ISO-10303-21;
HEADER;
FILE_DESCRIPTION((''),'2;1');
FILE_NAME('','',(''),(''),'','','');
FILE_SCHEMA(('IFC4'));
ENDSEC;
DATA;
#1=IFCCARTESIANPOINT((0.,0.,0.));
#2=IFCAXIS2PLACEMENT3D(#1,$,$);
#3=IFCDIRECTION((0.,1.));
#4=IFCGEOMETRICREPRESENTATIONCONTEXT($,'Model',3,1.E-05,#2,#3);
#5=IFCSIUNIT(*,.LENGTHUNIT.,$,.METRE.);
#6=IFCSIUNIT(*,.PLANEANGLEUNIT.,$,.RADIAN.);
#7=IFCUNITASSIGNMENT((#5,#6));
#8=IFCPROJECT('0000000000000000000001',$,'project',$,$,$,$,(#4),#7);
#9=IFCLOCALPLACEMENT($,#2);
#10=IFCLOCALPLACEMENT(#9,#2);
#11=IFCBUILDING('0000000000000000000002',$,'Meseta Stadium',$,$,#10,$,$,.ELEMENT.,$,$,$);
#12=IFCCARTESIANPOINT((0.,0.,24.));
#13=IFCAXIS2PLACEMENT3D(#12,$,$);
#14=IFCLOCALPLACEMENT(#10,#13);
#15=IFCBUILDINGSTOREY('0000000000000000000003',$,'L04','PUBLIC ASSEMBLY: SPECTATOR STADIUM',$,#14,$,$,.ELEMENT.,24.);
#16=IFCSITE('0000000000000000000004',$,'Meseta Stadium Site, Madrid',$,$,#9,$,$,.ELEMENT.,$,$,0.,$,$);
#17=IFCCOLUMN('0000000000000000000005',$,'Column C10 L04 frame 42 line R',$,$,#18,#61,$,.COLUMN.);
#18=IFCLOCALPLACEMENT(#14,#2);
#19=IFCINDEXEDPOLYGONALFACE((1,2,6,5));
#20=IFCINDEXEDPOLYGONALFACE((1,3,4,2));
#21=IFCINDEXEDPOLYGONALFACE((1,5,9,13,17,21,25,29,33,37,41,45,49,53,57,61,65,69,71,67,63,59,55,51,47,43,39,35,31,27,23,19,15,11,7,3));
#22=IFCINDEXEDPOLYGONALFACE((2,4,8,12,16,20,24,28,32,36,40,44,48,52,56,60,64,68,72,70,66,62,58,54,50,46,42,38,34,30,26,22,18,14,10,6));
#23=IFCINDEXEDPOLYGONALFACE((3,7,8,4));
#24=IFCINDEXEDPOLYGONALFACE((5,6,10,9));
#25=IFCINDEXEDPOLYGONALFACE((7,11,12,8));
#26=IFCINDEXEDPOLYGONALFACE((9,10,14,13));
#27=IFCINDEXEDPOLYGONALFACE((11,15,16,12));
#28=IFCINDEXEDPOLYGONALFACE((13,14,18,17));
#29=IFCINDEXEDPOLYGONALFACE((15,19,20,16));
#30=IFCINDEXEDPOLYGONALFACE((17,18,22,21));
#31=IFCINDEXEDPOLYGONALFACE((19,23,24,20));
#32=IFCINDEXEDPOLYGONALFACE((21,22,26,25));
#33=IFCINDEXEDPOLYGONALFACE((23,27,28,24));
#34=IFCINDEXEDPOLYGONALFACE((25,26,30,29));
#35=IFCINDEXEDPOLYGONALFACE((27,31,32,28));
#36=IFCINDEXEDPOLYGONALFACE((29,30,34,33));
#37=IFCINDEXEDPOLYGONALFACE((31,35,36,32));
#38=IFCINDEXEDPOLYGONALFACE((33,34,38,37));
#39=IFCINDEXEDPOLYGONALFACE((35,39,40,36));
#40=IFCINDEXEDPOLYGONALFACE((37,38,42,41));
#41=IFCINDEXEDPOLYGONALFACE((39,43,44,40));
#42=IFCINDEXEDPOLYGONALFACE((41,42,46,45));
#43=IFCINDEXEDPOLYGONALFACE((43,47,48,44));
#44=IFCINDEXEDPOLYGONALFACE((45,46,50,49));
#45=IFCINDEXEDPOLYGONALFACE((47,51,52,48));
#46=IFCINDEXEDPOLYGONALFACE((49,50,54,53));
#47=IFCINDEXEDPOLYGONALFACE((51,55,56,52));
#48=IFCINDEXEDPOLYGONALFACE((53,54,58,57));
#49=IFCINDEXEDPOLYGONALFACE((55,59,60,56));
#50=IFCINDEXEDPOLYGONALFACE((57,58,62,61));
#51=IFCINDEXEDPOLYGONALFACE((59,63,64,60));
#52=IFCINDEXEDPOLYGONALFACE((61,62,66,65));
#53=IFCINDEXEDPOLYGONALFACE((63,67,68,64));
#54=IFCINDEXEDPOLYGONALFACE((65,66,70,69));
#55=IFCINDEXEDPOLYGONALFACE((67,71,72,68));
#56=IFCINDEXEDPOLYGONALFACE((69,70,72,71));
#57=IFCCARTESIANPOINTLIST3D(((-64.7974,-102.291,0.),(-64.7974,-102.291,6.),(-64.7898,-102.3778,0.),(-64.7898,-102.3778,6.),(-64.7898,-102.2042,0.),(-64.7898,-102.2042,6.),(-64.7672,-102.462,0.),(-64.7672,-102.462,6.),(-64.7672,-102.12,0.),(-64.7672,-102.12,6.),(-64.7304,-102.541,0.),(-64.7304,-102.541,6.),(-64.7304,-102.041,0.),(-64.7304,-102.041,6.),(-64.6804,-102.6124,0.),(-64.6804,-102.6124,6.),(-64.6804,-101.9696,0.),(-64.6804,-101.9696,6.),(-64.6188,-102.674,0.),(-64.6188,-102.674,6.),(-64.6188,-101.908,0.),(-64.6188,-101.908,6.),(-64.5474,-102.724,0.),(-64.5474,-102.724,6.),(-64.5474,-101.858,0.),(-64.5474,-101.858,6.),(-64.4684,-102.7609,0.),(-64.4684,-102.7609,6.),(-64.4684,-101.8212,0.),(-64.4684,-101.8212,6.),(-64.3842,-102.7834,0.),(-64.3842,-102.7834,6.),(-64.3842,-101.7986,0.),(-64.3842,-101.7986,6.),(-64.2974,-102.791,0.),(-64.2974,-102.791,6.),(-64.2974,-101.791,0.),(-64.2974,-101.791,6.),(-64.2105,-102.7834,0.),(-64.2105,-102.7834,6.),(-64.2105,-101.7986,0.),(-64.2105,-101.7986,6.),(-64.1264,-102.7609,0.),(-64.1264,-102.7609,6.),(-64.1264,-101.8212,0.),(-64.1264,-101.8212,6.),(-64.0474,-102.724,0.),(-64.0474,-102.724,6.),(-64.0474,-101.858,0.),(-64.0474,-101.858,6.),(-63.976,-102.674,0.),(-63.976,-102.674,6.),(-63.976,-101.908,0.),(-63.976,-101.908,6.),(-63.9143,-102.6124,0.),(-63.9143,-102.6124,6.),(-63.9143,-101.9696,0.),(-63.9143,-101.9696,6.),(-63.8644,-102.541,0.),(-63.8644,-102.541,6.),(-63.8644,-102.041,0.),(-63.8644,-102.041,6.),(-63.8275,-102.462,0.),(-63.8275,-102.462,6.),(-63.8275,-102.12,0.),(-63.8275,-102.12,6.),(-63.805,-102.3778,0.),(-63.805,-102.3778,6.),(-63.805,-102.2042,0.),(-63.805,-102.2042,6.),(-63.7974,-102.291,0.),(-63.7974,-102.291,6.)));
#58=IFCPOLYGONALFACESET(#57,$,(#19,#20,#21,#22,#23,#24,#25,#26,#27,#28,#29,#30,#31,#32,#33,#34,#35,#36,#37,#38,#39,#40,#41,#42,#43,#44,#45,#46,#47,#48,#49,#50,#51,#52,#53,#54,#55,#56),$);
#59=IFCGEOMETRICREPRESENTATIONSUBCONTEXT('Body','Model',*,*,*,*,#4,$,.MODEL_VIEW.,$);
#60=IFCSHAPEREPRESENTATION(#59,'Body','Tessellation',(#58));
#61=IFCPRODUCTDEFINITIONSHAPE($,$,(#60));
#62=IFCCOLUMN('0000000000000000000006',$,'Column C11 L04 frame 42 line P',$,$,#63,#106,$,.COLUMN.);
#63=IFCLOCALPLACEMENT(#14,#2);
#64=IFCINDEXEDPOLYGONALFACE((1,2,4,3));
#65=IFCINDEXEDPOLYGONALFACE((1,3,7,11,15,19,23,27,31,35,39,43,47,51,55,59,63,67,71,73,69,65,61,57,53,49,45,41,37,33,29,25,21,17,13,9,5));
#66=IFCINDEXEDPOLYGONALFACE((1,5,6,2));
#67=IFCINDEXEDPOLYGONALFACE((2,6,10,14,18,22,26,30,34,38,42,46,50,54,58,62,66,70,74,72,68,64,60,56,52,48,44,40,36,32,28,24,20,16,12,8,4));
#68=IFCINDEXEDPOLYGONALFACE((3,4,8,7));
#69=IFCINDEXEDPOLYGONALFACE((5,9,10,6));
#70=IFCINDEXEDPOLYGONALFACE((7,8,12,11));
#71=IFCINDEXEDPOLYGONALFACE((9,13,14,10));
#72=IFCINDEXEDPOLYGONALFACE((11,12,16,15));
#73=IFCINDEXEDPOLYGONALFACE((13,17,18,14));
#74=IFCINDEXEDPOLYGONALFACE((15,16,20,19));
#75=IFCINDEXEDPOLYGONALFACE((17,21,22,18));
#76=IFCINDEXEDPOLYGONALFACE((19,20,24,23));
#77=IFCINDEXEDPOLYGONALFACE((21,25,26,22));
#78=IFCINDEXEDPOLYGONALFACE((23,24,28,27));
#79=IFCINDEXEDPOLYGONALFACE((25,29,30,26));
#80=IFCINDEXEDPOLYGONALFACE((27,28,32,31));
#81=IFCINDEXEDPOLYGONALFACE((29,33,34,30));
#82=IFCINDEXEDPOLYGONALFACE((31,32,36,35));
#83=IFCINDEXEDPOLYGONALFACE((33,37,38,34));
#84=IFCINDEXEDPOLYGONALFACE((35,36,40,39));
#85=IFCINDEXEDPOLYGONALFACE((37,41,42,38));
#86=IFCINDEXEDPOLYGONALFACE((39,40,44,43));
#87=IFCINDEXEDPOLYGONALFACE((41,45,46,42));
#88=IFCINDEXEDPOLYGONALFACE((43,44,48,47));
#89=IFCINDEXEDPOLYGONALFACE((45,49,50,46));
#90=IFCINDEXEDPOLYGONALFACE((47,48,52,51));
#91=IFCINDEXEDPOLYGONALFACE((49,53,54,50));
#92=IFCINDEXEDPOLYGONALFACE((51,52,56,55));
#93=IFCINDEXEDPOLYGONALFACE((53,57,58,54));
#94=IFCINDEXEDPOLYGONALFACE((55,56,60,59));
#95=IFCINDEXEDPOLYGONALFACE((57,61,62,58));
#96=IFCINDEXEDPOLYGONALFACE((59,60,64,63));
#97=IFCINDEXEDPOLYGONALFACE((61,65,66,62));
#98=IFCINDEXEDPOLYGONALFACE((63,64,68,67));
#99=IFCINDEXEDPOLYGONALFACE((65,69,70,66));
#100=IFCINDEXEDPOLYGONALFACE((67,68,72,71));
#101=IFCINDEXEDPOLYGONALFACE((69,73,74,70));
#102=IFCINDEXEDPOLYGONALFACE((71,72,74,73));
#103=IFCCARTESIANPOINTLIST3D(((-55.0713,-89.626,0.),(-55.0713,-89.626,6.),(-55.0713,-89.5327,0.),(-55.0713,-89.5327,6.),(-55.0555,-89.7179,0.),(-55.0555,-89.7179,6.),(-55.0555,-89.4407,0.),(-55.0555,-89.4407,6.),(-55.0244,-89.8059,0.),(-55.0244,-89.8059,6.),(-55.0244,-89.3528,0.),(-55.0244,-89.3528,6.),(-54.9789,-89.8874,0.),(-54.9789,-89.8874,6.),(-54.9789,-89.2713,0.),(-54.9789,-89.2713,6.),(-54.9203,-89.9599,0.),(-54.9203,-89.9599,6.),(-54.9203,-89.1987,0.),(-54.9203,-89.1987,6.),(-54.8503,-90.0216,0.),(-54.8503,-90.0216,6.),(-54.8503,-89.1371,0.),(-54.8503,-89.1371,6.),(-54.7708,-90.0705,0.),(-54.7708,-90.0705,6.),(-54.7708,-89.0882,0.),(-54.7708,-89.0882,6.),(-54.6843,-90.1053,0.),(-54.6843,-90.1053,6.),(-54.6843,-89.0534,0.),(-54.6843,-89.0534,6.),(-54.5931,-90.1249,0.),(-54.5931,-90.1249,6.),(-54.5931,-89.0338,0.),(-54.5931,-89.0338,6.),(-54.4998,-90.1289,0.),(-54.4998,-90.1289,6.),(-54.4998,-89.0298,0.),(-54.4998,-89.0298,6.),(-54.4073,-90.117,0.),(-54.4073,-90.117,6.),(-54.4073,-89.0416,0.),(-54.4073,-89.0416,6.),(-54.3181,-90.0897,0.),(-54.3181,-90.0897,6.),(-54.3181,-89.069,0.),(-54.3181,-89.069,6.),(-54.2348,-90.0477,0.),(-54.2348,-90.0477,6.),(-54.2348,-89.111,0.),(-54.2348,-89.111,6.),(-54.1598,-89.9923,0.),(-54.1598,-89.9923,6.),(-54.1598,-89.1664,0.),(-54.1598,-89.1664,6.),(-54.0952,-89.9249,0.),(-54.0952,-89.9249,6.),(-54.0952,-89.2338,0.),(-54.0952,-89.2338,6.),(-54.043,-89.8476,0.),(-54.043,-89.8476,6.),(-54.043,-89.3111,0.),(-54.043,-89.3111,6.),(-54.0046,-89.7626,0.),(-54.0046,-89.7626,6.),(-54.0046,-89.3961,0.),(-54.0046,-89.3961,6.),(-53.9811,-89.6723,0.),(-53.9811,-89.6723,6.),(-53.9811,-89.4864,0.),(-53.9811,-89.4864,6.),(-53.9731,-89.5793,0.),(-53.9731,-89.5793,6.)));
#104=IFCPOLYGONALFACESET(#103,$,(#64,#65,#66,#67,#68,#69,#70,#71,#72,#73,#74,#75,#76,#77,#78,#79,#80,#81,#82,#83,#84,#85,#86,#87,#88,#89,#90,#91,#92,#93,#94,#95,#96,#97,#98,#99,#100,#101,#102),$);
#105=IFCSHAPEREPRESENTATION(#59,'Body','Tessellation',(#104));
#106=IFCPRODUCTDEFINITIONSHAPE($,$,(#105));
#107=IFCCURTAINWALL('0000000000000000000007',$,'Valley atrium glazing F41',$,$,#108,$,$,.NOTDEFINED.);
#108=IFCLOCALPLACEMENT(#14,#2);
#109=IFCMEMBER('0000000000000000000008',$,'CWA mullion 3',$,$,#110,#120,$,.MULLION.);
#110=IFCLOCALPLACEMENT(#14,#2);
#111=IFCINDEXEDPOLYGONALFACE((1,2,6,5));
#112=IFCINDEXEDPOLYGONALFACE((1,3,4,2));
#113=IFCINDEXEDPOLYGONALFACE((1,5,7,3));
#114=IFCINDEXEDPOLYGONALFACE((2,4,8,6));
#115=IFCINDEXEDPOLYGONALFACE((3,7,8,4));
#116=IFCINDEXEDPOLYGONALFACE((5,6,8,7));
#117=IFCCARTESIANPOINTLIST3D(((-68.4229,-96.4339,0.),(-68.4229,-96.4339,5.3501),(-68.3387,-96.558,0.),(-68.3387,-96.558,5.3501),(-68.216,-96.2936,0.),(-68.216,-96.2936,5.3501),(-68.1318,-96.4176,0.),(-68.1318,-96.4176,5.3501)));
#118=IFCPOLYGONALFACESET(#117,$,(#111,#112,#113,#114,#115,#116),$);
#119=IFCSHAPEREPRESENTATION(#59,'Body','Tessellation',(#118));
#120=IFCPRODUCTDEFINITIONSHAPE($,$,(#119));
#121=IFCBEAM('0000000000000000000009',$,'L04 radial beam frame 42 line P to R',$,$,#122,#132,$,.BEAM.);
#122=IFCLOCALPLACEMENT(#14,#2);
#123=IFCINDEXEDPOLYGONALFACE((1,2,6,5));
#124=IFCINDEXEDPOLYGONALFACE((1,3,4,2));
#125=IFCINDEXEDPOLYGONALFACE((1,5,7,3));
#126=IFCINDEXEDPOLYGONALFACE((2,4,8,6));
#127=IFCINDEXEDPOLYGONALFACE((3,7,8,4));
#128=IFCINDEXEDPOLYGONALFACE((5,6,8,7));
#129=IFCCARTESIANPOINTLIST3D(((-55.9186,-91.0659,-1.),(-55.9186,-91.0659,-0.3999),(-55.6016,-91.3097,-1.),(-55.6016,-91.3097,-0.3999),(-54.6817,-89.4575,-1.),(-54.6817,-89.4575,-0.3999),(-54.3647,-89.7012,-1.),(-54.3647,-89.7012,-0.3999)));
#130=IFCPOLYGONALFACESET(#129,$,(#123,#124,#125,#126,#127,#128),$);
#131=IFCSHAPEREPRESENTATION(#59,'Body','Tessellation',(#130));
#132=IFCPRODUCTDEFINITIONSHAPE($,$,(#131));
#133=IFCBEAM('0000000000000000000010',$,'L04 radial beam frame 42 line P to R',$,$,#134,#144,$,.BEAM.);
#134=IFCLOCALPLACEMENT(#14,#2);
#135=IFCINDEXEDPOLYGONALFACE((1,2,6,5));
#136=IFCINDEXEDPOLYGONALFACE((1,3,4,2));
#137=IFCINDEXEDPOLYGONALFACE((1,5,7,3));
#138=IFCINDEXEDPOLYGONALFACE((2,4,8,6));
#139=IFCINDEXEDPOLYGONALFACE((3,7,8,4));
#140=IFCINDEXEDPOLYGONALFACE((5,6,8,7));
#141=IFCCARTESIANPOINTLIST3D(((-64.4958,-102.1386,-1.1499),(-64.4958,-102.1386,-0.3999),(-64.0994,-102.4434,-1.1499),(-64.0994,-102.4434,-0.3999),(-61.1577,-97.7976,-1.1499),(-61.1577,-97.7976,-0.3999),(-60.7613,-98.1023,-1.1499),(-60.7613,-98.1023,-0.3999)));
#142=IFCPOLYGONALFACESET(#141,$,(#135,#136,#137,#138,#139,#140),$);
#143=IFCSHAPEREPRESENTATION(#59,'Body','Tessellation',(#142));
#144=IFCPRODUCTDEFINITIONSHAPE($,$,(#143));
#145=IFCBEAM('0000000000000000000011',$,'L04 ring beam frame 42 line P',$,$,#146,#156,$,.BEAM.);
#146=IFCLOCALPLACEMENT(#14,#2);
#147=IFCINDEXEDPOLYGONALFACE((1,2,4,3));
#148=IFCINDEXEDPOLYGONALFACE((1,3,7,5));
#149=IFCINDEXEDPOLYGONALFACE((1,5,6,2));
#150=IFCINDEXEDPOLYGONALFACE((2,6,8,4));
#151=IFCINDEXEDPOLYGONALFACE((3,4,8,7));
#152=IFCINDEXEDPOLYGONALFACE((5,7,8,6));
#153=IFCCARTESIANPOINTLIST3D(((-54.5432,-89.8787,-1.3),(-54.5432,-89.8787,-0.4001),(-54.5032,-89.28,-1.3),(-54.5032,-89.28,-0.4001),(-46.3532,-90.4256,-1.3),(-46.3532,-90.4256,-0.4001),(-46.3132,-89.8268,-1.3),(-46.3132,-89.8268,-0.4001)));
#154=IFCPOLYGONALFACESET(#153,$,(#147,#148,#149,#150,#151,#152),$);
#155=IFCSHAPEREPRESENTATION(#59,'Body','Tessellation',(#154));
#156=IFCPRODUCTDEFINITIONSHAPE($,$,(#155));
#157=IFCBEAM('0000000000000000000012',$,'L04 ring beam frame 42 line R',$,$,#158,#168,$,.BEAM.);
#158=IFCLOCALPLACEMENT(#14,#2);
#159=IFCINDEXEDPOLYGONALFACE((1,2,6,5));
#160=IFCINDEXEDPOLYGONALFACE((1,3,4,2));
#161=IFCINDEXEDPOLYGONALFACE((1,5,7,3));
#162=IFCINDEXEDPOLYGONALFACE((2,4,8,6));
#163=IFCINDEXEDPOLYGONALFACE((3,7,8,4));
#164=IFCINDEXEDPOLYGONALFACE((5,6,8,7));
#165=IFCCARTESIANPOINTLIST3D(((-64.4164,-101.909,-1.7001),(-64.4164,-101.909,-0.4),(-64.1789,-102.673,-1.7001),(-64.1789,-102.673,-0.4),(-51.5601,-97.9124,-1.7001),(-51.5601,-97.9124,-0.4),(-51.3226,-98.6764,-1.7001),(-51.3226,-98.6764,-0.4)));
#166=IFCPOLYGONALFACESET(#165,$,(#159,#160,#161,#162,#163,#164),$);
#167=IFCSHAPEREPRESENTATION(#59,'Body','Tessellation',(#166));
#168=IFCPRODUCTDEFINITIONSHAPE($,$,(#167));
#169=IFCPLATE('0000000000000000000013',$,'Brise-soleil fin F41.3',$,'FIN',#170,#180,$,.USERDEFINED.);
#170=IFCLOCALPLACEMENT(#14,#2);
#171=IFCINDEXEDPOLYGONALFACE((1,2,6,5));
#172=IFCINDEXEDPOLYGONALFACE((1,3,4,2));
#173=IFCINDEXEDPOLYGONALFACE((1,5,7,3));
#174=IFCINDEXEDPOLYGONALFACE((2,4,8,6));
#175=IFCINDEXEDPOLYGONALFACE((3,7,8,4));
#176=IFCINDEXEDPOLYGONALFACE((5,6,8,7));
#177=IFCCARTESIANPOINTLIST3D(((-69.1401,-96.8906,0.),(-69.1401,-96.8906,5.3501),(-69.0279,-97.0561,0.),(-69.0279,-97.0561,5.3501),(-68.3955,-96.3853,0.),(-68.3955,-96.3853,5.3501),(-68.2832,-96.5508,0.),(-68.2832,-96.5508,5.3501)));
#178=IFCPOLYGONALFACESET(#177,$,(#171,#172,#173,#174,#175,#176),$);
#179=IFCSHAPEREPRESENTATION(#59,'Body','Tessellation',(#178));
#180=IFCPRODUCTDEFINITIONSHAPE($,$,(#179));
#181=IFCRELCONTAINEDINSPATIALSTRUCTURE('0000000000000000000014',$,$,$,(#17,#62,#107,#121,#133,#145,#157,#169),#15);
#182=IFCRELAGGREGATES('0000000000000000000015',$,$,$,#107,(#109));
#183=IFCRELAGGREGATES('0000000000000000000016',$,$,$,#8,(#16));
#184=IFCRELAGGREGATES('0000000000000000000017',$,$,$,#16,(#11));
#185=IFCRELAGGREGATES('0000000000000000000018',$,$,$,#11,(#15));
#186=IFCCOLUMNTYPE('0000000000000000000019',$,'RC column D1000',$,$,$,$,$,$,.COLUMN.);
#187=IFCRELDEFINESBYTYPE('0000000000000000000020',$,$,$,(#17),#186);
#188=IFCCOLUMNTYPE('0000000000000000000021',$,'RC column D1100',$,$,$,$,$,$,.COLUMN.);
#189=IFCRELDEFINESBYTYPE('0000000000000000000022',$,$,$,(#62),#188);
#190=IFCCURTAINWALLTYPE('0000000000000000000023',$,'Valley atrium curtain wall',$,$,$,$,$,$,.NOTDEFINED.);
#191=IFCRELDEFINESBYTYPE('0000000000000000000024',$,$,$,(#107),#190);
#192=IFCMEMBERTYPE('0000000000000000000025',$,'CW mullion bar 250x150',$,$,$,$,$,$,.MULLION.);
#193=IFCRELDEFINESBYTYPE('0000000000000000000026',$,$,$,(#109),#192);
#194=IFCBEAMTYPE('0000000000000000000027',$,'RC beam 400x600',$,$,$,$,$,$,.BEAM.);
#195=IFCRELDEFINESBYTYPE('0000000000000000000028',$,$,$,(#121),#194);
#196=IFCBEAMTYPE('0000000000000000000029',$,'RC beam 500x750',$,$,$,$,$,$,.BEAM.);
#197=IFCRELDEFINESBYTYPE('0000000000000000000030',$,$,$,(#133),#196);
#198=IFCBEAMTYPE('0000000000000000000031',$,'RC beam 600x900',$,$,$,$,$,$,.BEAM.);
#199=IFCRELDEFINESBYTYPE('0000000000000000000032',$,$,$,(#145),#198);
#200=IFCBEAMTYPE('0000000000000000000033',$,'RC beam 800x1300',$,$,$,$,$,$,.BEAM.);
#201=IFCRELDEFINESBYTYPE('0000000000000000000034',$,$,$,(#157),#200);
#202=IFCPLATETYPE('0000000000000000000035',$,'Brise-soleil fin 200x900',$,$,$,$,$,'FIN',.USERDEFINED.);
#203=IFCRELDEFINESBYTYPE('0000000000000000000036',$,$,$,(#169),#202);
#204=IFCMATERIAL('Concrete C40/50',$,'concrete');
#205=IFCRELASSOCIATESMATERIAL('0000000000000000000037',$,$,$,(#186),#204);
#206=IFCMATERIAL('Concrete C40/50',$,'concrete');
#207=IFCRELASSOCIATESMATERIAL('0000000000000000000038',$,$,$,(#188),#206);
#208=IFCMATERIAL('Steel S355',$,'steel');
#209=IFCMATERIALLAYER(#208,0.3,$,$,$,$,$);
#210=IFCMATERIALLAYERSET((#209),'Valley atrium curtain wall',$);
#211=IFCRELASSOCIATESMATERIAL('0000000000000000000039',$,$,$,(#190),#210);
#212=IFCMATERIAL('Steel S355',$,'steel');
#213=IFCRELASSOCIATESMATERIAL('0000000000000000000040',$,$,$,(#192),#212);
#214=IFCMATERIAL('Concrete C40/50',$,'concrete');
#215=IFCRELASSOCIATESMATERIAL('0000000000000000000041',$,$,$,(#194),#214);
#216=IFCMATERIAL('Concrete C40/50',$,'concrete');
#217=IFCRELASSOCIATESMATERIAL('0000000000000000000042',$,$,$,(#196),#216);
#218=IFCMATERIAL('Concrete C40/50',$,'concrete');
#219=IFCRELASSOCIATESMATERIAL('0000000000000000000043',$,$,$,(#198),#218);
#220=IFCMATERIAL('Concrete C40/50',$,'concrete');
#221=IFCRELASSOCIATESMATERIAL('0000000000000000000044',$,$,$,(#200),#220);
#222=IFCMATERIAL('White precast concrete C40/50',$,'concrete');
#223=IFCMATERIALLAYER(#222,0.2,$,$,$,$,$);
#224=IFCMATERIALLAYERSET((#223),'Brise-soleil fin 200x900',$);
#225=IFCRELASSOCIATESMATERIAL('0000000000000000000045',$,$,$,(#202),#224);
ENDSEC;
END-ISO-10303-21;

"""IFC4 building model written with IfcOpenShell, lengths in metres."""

from ifc_helpers import new_model, si_unit, direction, frame, origin, origin_2d, place, context, subcontext, project, spatial, rectangle, circle, extrude, material, layer, layer_set, material_profile, profile_set, type_object, element, aggregate, save


model = new_model("IFC4")

# Units and contexts
model_context = context("Model", 3, precision=1e-05, world=origin(), true_north=direction((0.0, 1.0)))
body_context = subcontext(model_context, "Body", "Model", "MODEL_VIEW")
ifc_project = project(units=[si_unit("LENGTHUNIT", "METRE"), si_unit("PLANEANGLEUNIT", "RADIAN")], contexts=[model_context])

# Site, building, storey
site_placement = place(None, origin())
site = spatial("IfcSite", under=ifc_project, at=site_placement, Name="Meseta Stadium Site, Madrid", CompositionType="ELEMENT", RefElevation=0.0)
building_placement = place(site_placement, origin())
building = spatial("IfcBuilding", under=site, at=building_placement, Name="Meseta Stadium", CompositionType="ELEMENT")
storey_placement = place(building_placement, frame((0.0, 0.0, 24.0)))
storey = spatial("IfcBuildingStorey", under=building, at=storey_placement, Name="L04", Description="PUBLIC ASSEMBLY: SPECTATOR STADIUM", CompositionType="ELEMENT", Elevation=24.0)

# Columns
ifc_material_1 = material(Name="Concrete C40/50", Category="concrete")
ifc_material_profile_1 = material_profile(ifc_material_1, circle(Radius=0.5, at=origin_2d()), Name="RC D1000")
ifc_profile_set_1 = profile_set([ifc_material_profile_1], Name="Concrete C40/50")
column_type_1 = type_object("IfcColumnType", Name="RC column D1000", PredefinedType="COLUMN", material=ifc_profile_set_1)
column_1_placement = place(storey_placement, frame((-64.2974, -102.291, 0.0), z_axis=(0.0, 0.0, 1.0), x_axis=(1.0, 0.0, 0.0)))
element("IfcColumn", 1, at=column_1_placement, inside=storey, type_object=column_type_1, Name="Column C10 L04 frame 42 line R", PredefinedType="COLUMN", context=body_context, shape_type="SweptSolid", body=[
    extrude(circle(Radius=0.5, at=origin_2d()), origin(), (0.0, 0.0, 1.0), 6.0),
])
ifc_material_2 = material(Name="Concrete C40/50", Category="concrete")
ifc_material_profile_2 = material_profile(ifc_material_2, circle(Radius=0.55, at=origin_2d()), Name="RC D1100")
ifc_profile_set_2 = profile_set([ifc_material_profile_2], Name="Concrete C40/50")
column_type_2 = type_object("IfcColumnType", Name="RC column D1100", PredefinedType="COLUMN", material=ifc_profile_set_2)
column_2_placement = place(storey_placement, frame((-54.5232, -89.5793, 0.0), z_axis=(0.0, 0.0, 1.0), x_axis=(1.0, 0.0, 0.0)))
element("IfcColumn", 2, at=column_2_placement, inside=storey, type_object=column_type_2, Name="Column C11 L04 frame 42 line P", PredefinedType="COLUMN", context=body_context, shape_type="SweptSolid", body=[
    extrude(circle(Radius=0.55, at=origin_2d()), origin(), (0.0, 0.0, 1.0), 6.0),
])

# Curtain wall, member
ifc_material_3 = material(Name="Steel S355", Category="steel")
ifc_layer_1 = layer(ifc_material_3, 0.3)
ifc_layer_set_1 = layer_set([ifc_layer_1], Name="Valley atrium curtain wall")
curtain_wall_type = type_object("IfcCurtainWallType", Name="Valley atrium curtain wall", PredefinedType="NOTDEFINED", material=ifc_layer_set_1)
curtain_wall_placement = place(storey_placement, origin())
curtain_wall = element("IfcCurtainWall", 3, at=curtain_wall_placement, inside=storey, type_object=curtain_wall_type, Name="Valley atrium glazing F41", PredefinedType="NOTDEFINED")
ifc_material_4 = material(Name="Steel S355", Category="steel")
ifc_material_profile_3 = material_profile(ifc_material_4, rectangle(XDim=0.25, YDim=0.1499, at=origin_2d()), Name="CW 250x150")
ifc_profile_set_3 = profile_set([ifc_material_profile_3], Name="Steel S355")
member_type = type_object("IfcMemberType", Name="CW mullion bar 250x150", PredefinedType="MULLION", material=ifc_profile_set_3)
member_placement = place(storey_placement, frame((-68.2773, -96.4258, 0.0), z_axis=(0.0, 0.0, 1.0), x_axis=(0.827483, 0.56149, 0.0)))
member = element("IfcMember", 4, at=member_placement, type_object=member_type, Name="CWA mullion 3", PredefinedType="MULLION", context=body_context, shape_type="SweptSolid", body=[
    extrude(rectangle(XDim=0.25, YDim=0.1499, at=origin_2d()), origin(), (0.0, 0.0, 1.0), 5.3501),
])
aggregate(curtain_wall, [member])

# Beams
ifc_material_5 = material(Name="Concrete C40/50", Category="concrete")
ifc_material_profile_4 = material_profile(ifc_material_5, rectangle(XDim=0.3999, YDim=0.6001, at=origin_2d()), Name="RC 400x600")
ifc_profile_set_4 = profile_set([ifc_material_profile_4], Name="Concrete C40/50")
beam_type_1 = type_object("IfcBeamType", Name="RC beam 400x600", PredefinedType="BEAM", material=ifc_profile_set_4)
beam_1_placement = place(storey_placement, frame((-54.5232, -89.5793, -0.7), z_axis=(-0.609583, -0.792722, 0.0), x_axis=(0.792722, -0.609583, 0.0)))
element("IfcBeam", 5, at=beam_1_placement, inside=storey, type_object=beam_type_1, Name="L04 radial beam frame 42 line P to R", PredefinedType="BEAM", context=body_context, shape_type="SweptSolid", body=[
    extrude(rectangle(XDim=0.3999, YDim=0.6001, at=origin_2d()), origin(), (0.0, 0.0, 1.0), 2.0291),
])
ifc_material_6 = material(Name="Concrete C40/50", Category="concrete")
ifc_material_profile_5 = material_profile(ifc_material_6, rectangle(XDim=0.5, YDim=0.75, at=origin_2d()), Name="RC 500x750")
ifc_profile_set_5 = profile_set([ifc_material_profile_5], Name="Concrete C40/50")
beam_type_2 = type_object("IfcBeamType", Name="RC beam 500x750", PredefinedType="BEAM", material=ifc_profile_set_5)
beam_2_placement = place(storey_placement, frame((-60.9595, -97.95, -0.7749), z_axis=(-0.609579, -0.792725, 0.0), x_axis=(0.792725, -0.609579, 0.0)))
element("IfcBeam", 6, at=beam_2_placement, inside=storey, type_object=beam_type_2, Name="L04 radial beam frame 42 line P to R", PredefinedType="BEAM", context=body_context, shape_type="SweptSolid", body=[
    extrude(rectangle(XDim=0.5, YDim=0.75, at=origin_2d()), origin(), (0.0, 0.0, 1.0), 5.4761),
])
ifc_material_7 = material(Name="Concrete C40/50", Category="concrete")
ifc_material_profile_6 = material_profile(ifc_material_7, rectangle(XDim=0.6001, YDim=0.8999, at=origin_2d()), Name="RC 600x900")
ifc_profile_set_6 = profile_set([ifc_material_profile_6], Name="Concrete C40/50")
beam_type_3 = type_object("IfcBeamType", Name="RC beam 600x900", PredefinedType="BEAM", material=ifc_profile_set_6)
beam_3_placement = place(storey_placement, frame((-54.5232, -89.5793, -0.8501), z_axis=(0.997778, -0.066626, 0.0), x_axis=(0.066626, 0.997778, 0.0)))
element("IfcBeam", 7, at=beam_3_placement, inside=storey, type_object=beam_type_3, Name="L04 ring beam frame 42 line P", PredefinedType="BEAM", context=body_context, shape_type="SweptSolid", body=[
    extrude(rectangle(XDim=0.6001, YDim=0.8999, at=origin_2d()), origin(), (0.0, 0.0, 1.0), 8.2083),
])
ifc_material_8 = material(Name="Concrete C40/50", Category="concrete")
ifc_material_profile_7 = material_profile(ifc_material_8, rectangle(XDim=0.8, YDim=1.3, at=origin_2d()), Name="RC 800x1300")
ifc_profile_set_7 = profile_set([ifc_material_profile_7], Name="Concrete C40/50")
beam_type_4 = type_object("IfcBeamType", Name="RC beam 800x1300", PredefinedType="BEAM", material=ifc_profile_set_7)
beam_4_placement = place(storey_placement, frame((-64.2976, -102.291, -1.05), z_axis=(0.954923, 0.296855, 0.0), x_axis=(-0.296855, 0.954923, 0.0)))
element("IfcBeam", 8, at=beam_4_placement, inside=storey, type_object=beam_type_4, Name="L04 ring beam frame 42 line R", PredefinedType="BEAM", context=body_context, shape_type="SweptSolid", body=[
    extrude(rectangle(XDim=0.8, YDim=1.3, at=origin_2d()), origin(), (0.0, 0.0, 1.0), 13.4631),
])

# Plate
ifc_material_9 = material(Name="White precast concrete C40/50", Category="concrete")
ifc_layer_2 = layer(ifc_material_9, 0.2)
ifc_layer_set_2 = layer_set([ifc_layer_2], Name="Brise-soleil fin 200x900")
plate_type = type_object("IfcPlateType", Name="Brise-soleil fin 200x900", ElementType="FIN", PredefinedType="USERDEFINED", material=ifc_layer_set_2)
plate_placement = place(storey_placement, frame((-68.7117, -96.7207, 0.0), z_axis=(0.0, 0.0, 1.0), x_axis=(0.56149, -0.827483, 0.0)))
element("IfcPlate", 9, at=plate_placement, inside=storey, type_object=plate_type, Name="Brise-soleil fin F41.3", ObjectType="FIN", PredefinedType="USERDEFINED", context=body_context, shape_type="SweptSolid", body=[
    extrude(rectangle(XDim=0.2, YDim=0.8999, at=origin_2d()), origin(), (0.0, 0.0, 1.0), 5.3501),
])

save(model, "model.ifc")
